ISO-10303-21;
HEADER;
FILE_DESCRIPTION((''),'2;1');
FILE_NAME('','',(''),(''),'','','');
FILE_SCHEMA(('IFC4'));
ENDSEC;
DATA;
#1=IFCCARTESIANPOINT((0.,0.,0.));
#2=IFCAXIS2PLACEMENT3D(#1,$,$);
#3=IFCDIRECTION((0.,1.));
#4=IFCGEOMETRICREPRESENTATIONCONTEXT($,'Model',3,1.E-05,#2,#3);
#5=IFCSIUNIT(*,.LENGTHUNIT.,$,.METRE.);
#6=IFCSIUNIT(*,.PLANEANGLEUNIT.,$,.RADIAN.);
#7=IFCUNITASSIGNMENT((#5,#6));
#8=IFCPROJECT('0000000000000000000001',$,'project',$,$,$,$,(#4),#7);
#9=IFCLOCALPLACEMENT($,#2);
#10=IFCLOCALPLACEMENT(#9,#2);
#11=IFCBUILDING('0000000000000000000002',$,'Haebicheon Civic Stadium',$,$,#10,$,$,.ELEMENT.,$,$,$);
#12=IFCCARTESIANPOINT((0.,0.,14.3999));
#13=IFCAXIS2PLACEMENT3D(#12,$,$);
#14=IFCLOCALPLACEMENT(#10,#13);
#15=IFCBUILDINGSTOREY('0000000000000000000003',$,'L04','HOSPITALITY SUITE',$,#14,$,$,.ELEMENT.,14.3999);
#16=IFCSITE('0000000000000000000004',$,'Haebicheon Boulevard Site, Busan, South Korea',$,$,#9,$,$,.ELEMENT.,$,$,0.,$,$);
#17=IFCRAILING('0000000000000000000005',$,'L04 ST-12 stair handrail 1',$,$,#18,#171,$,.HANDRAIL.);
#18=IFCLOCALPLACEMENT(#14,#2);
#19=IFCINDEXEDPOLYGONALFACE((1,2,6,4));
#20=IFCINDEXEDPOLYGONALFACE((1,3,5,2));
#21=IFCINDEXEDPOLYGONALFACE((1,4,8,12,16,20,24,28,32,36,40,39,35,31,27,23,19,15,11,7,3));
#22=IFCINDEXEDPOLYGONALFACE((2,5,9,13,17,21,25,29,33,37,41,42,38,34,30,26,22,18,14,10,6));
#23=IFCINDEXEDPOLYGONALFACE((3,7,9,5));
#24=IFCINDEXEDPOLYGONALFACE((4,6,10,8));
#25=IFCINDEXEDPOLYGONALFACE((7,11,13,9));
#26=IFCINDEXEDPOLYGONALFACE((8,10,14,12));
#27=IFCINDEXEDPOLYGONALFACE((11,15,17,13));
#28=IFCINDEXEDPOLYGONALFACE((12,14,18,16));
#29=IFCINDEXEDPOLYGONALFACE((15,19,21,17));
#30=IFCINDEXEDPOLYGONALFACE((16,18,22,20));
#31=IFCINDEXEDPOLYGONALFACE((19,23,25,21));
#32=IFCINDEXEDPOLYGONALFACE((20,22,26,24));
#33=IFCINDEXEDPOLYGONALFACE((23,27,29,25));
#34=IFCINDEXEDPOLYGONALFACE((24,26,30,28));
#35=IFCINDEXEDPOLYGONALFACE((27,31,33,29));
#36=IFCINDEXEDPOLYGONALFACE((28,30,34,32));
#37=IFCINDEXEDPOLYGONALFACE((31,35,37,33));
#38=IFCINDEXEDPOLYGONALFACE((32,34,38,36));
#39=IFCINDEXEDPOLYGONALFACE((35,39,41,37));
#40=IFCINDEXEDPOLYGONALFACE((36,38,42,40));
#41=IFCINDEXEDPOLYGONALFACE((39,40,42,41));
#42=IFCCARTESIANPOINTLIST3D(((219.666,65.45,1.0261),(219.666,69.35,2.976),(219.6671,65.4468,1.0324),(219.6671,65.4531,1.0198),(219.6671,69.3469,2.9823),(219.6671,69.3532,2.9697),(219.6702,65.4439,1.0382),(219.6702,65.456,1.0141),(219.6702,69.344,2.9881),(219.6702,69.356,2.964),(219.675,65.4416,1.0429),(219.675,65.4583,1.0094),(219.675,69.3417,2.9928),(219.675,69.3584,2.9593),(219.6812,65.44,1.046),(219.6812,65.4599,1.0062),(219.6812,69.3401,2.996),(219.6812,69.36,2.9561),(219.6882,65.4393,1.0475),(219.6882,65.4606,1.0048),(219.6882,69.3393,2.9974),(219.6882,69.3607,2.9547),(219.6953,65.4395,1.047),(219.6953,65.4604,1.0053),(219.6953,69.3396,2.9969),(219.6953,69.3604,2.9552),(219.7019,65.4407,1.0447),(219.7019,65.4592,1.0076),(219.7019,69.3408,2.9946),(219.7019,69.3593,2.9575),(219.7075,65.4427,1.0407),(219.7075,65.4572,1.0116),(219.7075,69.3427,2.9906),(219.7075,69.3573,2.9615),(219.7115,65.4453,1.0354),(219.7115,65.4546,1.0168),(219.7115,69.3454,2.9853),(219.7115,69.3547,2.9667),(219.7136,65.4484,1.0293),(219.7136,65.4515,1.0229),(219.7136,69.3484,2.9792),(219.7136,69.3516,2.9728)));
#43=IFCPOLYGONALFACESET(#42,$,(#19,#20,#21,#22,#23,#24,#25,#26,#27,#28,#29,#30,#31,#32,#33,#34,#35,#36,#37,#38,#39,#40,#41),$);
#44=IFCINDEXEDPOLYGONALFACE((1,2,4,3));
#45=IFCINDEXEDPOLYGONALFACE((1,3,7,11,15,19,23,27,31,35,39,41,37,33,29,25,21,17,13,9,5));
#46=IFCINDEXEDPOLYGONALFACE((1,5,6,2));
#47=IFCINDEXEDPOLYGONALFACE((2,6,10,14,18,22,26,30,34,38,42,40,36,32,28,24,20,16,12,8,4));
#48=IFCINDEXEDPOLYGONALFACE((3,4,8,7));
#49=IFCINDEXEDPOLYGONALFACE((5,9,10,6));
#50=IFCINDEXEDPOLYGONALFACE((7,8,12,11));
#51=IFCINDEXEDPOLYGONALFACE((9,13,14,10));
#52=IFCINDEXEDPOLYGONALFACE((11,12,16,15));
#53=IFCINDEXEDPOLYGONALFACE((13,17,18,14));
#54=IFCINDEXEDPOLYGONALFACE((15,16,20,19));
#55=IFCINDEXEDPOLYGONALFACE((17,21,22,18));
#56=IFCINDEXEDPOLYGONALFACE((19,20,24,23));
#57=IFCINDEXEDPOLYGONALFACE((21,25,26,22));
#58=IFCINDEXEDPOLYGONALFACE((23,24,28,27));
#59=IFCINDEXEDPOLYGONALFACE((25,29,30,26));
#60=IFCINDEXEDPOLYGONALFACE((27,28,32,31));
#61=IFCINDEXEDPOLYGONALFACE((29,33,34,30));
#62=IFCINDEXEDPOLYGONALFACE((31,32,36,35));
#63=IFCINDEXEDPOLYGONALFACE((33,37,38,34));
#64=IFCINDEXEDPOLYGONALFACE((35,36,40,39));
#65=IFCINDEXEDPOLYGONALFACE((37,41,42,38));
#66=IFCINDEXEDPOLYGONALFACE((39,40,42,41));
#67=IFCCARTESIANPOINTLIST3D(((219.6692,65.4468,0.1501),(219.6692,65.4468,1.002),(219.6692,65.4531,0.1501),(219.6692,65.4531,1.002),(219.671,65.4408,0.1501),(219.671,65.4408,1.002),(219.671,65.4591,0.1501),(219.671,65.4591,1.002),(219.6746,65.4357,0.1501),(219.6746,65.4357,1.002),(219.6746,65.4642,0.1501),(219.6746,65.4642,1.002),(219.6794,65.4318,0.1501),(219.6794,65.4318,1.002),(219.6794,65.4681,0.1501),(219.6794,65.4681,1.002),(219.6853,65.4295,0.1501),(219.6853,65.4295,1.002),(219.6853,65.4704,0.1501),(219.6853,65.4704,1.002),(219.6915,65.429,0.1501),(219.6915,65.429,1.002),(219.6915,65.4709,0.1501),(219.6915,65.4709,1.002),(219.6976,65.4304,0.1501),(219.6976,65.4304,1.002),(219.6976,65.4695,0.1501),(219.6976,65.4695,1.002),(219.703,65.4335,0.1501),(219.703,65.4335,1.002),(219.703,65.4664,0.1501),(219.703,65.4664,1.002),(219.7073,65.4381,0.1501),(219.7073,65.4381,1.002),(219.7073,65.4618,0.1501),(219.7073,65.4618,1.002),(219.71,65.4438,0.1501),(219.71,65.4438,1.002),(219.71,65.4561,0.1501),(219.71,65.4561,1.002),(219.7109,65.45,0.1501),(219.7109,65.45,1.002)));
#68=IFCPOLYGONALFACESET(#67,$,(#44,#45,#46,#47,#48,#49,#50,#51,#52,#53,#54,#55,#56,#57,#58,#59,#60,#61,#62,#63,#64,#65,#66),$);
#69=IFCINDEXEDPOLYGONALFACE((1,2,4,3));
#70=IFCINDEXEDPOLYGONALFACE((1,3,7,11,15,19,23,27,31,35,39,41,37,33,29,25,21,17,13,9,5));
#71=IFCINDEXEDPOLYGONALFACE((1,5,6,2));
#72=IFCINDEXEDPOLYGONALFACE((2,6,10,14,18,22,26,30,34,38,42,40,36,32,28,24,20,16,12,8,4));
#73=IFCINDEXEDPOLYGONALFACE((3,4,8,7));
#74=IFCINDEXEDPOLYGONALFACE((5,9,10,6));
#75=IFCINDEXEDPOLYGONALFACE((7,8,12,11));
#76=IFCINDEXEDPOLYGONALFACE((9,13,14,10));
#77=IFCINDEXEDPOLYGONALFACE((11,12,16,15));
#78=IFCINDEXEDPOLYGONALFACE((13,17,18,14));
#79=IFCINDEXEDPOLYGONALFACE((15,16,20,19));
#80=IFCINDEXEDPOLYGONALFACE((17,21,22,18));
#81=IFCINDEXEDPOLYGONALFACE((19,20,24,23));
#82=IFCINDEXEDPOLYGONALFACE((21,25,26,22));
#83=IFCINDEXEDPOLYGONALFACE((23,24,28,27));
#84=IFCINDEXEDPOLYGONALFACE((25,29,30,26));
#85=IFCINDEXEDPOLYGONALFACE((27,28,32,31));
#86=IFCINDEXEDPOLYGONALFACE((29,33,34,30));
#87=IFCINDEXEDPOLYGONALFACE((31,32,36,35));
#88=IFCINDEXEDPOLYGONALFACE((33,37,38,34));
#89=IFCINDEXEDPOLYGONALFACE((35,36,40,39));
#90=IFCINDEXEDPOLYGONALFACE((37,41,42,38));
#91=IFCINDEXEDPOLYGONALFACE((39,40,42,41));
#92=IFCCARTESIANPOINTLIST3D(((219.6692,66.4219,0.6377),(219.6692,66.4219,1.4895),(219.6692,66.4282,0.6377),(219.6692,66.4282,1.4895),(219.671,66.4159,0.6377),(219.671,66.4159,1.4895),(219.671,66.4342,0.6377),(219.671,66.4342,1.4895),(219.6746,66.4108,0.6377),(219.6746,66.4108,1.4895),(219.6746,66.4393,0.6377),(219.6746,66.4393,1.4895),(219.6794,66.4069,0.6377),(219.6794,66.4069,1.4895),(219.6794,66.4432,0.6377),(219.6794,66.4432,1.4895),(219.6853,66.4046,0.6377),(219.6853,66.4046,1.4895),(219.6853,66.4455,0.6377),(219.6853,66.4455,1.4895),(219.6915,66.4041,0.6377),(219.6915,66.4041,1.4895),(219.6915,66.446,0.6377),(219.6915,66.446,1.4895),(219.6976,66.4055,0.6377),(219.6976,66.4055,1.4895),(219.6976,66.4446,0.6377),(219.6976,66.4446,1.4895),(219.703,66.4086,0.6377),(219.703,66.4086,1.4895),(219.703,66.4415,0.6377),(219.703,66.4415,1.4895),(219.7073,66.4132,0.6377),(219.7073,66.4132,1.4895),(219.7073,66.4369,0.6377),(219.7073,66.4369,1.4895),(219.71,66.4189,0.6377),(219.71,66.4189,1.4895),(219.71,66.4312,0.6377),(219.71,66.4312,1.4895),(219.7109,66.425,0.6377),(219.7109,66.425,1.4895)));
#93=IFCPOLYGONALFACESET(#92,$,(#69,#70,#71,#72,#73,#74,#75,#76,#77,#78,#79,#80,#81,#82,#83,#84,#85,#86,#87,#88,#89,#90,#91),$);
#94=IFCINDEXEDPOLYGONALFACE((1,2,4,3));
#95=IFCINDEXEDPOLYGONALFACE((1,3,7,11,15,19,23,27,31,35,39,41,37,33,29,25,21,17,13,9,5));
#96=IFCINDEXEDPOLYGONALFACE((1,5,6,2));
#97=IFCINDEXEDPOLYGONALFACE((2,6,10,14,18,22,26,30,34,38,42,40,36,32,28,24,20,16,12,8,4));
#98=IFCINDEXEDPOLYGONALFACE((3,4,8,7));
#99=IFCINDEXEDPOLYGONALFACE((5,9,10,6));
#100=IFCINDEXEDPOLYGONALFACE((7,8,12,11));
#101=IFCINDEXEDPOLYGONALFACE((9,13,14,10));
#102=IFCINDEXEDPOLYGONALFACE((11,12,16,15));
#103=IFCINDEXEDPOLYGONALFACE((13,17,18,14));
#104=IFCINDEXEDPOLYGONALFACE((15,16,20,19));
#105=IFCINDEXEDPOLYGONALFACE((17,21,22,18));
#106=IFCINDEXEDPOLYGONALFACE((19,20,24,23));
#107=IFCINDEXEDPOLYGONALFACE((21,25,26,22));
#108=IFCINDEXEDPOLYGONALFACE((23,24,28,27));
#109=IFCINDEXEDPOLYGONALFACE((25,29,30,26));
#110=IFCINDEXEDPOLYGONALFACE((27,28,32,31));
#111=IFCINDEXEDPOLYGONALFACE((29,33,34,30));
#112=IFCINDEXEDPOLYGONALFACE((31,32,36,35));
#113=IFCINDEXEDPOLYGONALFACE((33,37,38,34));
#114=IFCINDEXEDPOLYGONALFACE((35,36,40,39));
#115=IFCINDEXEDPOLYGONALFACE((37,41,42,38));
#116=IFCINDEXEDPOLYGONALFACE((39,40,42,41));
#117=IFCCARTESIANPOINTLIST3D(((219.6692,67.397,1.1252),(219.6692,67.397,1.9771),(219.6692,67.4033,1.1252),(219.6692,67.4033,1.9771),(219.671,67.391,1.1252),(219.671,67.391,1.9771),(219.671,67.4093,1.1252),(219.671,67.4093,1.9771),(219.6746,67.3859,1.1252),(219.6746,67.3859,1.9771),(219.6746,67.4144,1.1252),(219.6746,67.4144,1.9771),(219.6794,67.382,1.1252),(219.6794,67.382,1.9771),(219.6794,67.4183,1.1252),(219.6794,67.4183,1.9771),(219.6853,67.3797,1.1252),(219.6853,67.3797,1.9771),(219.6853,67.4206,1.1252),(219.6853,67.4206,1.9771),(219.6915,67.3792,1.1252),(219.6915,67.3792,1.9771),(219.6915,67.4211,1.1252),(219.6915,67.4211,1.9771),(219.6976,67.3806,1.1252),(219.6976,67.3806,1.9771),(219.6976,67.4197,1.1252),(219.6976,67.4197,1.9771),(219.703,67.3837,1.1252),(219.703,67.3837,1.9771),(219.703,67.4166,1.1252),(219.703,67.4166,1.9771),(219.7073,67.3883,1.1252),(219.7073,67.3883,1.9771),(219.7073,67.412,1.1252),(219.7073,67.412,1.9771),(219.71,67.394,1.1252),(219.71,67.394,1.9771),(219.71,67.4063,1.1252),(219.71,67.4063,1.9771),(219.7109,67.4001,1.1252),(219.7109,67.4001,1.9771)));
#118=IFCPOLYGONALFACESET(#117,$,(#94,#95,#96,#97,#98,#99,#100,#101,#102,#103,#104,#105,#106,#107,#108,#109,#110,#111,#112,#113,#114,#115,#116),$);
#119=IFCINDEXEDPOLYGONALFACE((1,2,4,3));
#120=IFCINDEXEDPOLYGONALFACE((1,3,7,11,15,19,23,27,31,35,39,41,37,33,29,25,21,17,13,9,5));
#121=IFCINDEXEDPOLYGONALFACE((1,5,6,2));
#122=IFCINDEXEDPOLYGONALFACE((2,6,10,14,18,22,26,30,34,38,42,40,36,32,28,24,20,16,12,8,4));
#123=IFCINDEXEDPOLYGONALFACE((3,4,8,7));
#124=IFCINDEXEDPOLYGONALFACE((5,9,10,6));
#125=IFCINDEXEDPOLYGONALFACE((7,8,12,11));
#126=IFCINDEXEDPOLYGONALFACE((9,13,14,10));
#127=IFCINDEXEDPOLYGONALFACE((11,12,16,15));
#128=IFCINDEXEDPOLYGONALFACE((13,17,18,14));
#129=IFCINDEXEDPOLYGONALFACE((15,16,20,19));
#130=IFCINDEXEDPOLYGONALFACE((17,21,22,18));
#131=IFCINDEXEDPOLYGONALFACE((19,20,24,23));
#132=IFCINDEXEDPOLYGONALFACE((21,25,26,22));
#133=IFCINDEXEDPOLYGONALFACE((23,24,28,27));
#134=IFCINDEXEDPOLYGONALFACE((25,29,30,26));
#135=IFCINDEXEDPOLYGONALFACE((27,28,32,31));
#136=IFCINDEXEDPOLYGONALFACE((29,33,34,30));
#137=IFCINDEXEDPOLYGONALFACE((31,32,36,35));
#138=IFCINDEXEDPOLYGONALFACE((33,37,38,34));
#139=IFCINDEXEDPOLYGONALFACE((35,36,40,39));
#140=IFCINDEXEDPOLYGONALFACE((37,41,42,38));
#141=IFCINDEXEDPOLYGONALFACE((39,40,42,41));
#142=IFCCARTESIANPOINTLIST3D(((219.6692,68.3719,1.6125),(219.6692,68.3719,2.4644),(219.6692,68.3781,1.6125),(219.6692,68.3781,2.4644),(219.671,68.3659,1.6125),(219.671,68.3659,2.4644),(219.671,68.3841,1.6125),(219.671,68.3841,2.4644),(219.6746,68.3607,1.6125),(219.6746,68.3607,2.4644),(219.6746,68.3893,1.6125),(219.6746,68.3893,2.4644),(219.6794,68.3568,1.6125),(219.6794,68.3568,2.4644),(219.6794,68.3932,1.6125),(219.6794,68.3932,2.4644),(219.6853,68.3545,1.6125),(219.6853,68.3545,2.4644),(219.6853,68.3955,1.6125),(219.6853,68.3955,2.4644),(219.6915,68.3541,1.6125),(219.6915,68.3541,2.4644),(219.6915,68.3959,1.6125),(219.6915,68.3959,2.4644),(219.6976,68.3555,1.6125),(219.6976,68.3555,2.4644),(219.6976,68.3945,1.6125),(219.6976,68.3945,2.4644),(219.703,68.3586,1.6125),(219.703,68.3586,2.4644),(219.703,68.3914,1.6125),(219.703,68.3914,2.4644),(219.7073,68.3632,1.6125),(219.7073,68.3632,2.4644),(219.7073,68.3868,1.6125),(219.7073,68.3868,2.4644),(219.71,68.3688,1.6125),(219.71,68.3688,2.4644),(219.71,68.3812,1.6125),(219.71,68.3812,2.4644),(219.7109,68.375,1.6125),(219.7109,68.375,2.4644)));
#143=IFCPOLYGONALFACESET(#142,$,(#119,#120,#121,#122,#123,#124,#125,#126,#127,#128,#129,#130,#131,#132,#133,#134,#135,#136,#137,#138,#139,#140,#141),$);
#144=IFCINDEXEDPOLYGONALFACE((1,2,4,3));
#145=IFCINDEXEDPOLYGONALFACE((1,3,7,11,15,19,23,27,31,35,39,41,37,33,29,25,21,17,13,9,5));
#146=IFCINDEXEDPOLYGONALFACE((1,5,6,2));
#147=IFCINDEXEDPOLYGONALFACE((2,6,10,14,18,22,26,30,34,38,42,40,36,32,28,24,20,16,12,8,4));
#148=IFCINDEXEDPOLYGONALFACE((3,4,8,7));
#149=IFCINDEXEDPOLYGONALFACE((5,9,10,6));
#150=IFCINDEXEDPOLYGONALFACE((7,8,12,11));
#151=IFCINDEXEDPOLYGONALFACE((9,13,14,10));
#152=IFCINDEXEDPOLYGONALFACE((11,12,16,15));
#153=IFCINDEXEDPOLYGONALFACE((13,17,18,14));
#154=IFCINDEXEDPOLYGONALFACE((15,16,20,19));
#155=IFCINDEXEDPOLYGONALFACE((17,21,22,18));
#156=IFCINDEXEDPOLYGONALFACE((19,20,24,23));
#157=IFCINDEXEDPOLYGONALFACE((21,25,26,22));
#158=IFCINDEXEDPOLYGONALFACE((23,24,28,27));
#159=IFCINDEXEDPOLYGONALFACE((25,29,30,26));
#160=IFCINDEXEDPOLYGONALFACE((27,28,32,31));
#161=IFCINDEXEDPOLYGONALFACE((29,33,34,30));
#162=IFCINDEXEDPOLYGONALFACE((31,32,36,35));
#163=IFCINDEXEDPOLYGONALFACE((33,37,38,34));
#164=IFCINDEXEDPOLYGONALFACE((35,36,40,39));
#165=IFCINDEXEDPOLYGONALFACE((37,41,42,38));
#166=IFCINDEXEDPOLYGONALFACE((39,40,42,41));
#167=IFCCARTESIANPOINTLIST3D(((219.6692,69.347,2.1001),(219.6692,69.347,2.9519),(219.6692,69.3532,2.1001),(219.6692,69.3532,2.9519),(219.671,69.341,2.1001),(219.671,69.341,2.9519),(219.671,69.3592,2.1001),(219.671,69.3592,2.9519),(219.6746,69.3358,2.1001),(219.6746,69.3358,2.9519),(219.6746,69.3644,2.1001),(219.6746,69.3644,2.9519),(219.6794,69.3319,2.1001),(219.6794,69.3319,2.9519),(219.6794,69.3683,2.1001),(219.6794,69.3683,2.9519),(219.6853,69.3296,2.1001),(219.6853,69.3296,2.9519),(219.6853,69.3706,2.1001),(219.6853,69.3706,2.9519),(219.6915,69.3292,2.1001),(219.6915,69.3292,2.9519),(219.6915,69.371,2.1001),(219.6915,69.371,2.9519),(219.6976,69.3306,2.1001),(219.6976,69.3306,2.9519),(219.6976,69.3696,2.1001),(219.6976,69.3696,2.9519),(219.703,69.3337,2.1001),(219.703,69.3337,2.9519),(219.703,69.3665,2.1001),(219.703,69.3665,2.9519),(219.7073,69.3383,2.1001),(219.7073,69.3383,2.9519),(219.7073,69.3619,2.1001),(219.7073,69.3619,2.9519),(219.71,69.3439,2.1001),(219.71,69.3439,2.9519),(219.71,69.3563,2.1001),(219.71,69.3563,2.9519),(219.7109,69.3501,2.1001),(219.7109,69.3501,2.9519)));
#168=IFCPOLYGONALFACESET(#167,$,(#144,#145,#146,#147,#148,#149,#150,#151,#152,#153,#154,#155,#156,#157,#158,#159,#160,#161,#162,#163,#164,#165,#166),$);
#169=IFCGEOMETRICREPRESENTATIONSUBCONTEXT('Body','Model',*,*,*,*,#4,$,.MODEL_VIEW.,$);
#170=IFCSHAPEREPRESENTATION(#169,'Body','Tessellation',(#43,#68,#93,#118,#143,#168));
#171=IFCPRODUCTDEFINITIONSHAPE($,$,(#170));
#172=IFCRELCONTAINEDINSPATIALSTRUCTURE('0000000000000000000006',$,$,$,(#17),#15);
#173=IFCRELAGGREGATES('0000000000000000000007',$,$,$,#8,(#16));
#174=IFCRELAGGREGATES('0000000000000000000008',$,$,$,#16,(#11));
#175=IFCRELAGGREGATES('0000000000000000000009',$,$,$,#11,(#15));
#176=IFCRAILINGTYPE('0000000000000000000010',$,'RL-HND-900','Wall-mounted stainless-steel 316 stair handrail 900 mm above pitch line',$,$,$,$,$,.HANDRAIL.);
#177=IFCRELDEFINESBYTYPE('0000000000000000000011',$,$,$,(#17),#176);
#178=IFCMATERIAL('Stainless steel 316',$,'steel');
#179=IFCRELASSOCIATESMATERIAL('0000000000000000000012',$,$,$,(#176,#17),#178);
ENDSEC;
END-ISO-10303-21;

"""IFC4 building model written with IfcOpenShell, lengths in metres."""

from ifc_helpers import new_model, si_unit, direction, frame, origin, origin_2d, place, context, subcontext, project, spatial, circle, extrude, material, type_object, element, save


model = new_model("IFC4")

# Units and contexts
model_context = context("Model", 3, precision=1e-05, world=origin(), true_north=direction((0.0, 1.0)))
body_context = subcontext(model_context, "Body", "Model", "MODEL_VIEW")
ifc_project = project(units=[si_unit("LENGTHUNIT", "METRE"), si_unit("PLANEANGLEUNIT", "RADIAN")], contexts=[model_context])

# Site, building, storey
site_placement = place(None, origin())
site = spatial("IfcSite", under=ifc_project, at=site_placement, Name="Haebicheon Boulevard Site, Busan, South Korea", CompositionType="ELEMENT", RefElevation=0.0)
building_placement = place(site_placement, origin())
building = spatial("IfcBuilding", under=site, at=building_placement, Name="Haebicheon Civic Stadium", CompositionType="ELEMENT")
storey_placement = place(building_placement, frame((0.0, 0.0, 14.3999)))
storey = spatial("IfcBuildingStorey", under=building, at=storey_placement, Name="L04", Description="HOSPITALITY SUITE", CompositionType="ELEMENT", Elevation=14.3999)

# Railing
ifc_material_1 = material(Name="Stainless steel 316", Category="steel")
railing_type_1 = type_object("IfcRailingType", Name="RL-HND-900", Description="Wall-mounted stainless-steel 316 stair handrail 900 mm above pitch line", PredefinedType="HANDRAIL", material=ifc_material_1)
railing_1_placement = place(storey_placement, frame((219.6899, 65.45, 0.1501)))
element("IfcRailing", 1, at=railing_1_placement, inside=storey, type_object=railing_type_1, material=ifc_material_1, Name="L04 ST-12 stair handrail 1", PredefinedType="HANDRAIL", context=body_context, shape_type="SweptSolid", body=[
    extrude(circle(Radius=0.0239, at=origin_2d()), frame((0.0, 0.0, 0.876), z_axis=(0.0, 0.894438, 0.447191), x_axis=(-1.0, 0.0, 0.0)), (0.0, 0.0, 1.0), 4.3604),
    extrude(circle(Radius=0.021, at=origin_2d()), origin(), (0.0, 0.0, 1.0), 0.8518),
    extrude(circle(Radius=0.021, at=origin_2d()), frame((0.0, 0.9751, 0.4875)), (0.0, 0.0, 1.0), 0.8518),
    extrude(circle(Radius=0.021, at=origin_2d()), frame((0.0, 1.9502, 0.9751)), (0.0, 0.0, 1.0), 0.8518),
    extrude(circle(Radius=0.021, at=origin_2d()), frame((0.0, 2.925, 1.4624)), (0.0, 0.0, 1.0), 0.8518),
    extrude(circle(Radius=0.021, at=origin_2d()), frame((0.0, 3.9001, 1.95)), (0.0, 0.0, 1.0), 0.8518),
])

save(model, "model.ifc")
